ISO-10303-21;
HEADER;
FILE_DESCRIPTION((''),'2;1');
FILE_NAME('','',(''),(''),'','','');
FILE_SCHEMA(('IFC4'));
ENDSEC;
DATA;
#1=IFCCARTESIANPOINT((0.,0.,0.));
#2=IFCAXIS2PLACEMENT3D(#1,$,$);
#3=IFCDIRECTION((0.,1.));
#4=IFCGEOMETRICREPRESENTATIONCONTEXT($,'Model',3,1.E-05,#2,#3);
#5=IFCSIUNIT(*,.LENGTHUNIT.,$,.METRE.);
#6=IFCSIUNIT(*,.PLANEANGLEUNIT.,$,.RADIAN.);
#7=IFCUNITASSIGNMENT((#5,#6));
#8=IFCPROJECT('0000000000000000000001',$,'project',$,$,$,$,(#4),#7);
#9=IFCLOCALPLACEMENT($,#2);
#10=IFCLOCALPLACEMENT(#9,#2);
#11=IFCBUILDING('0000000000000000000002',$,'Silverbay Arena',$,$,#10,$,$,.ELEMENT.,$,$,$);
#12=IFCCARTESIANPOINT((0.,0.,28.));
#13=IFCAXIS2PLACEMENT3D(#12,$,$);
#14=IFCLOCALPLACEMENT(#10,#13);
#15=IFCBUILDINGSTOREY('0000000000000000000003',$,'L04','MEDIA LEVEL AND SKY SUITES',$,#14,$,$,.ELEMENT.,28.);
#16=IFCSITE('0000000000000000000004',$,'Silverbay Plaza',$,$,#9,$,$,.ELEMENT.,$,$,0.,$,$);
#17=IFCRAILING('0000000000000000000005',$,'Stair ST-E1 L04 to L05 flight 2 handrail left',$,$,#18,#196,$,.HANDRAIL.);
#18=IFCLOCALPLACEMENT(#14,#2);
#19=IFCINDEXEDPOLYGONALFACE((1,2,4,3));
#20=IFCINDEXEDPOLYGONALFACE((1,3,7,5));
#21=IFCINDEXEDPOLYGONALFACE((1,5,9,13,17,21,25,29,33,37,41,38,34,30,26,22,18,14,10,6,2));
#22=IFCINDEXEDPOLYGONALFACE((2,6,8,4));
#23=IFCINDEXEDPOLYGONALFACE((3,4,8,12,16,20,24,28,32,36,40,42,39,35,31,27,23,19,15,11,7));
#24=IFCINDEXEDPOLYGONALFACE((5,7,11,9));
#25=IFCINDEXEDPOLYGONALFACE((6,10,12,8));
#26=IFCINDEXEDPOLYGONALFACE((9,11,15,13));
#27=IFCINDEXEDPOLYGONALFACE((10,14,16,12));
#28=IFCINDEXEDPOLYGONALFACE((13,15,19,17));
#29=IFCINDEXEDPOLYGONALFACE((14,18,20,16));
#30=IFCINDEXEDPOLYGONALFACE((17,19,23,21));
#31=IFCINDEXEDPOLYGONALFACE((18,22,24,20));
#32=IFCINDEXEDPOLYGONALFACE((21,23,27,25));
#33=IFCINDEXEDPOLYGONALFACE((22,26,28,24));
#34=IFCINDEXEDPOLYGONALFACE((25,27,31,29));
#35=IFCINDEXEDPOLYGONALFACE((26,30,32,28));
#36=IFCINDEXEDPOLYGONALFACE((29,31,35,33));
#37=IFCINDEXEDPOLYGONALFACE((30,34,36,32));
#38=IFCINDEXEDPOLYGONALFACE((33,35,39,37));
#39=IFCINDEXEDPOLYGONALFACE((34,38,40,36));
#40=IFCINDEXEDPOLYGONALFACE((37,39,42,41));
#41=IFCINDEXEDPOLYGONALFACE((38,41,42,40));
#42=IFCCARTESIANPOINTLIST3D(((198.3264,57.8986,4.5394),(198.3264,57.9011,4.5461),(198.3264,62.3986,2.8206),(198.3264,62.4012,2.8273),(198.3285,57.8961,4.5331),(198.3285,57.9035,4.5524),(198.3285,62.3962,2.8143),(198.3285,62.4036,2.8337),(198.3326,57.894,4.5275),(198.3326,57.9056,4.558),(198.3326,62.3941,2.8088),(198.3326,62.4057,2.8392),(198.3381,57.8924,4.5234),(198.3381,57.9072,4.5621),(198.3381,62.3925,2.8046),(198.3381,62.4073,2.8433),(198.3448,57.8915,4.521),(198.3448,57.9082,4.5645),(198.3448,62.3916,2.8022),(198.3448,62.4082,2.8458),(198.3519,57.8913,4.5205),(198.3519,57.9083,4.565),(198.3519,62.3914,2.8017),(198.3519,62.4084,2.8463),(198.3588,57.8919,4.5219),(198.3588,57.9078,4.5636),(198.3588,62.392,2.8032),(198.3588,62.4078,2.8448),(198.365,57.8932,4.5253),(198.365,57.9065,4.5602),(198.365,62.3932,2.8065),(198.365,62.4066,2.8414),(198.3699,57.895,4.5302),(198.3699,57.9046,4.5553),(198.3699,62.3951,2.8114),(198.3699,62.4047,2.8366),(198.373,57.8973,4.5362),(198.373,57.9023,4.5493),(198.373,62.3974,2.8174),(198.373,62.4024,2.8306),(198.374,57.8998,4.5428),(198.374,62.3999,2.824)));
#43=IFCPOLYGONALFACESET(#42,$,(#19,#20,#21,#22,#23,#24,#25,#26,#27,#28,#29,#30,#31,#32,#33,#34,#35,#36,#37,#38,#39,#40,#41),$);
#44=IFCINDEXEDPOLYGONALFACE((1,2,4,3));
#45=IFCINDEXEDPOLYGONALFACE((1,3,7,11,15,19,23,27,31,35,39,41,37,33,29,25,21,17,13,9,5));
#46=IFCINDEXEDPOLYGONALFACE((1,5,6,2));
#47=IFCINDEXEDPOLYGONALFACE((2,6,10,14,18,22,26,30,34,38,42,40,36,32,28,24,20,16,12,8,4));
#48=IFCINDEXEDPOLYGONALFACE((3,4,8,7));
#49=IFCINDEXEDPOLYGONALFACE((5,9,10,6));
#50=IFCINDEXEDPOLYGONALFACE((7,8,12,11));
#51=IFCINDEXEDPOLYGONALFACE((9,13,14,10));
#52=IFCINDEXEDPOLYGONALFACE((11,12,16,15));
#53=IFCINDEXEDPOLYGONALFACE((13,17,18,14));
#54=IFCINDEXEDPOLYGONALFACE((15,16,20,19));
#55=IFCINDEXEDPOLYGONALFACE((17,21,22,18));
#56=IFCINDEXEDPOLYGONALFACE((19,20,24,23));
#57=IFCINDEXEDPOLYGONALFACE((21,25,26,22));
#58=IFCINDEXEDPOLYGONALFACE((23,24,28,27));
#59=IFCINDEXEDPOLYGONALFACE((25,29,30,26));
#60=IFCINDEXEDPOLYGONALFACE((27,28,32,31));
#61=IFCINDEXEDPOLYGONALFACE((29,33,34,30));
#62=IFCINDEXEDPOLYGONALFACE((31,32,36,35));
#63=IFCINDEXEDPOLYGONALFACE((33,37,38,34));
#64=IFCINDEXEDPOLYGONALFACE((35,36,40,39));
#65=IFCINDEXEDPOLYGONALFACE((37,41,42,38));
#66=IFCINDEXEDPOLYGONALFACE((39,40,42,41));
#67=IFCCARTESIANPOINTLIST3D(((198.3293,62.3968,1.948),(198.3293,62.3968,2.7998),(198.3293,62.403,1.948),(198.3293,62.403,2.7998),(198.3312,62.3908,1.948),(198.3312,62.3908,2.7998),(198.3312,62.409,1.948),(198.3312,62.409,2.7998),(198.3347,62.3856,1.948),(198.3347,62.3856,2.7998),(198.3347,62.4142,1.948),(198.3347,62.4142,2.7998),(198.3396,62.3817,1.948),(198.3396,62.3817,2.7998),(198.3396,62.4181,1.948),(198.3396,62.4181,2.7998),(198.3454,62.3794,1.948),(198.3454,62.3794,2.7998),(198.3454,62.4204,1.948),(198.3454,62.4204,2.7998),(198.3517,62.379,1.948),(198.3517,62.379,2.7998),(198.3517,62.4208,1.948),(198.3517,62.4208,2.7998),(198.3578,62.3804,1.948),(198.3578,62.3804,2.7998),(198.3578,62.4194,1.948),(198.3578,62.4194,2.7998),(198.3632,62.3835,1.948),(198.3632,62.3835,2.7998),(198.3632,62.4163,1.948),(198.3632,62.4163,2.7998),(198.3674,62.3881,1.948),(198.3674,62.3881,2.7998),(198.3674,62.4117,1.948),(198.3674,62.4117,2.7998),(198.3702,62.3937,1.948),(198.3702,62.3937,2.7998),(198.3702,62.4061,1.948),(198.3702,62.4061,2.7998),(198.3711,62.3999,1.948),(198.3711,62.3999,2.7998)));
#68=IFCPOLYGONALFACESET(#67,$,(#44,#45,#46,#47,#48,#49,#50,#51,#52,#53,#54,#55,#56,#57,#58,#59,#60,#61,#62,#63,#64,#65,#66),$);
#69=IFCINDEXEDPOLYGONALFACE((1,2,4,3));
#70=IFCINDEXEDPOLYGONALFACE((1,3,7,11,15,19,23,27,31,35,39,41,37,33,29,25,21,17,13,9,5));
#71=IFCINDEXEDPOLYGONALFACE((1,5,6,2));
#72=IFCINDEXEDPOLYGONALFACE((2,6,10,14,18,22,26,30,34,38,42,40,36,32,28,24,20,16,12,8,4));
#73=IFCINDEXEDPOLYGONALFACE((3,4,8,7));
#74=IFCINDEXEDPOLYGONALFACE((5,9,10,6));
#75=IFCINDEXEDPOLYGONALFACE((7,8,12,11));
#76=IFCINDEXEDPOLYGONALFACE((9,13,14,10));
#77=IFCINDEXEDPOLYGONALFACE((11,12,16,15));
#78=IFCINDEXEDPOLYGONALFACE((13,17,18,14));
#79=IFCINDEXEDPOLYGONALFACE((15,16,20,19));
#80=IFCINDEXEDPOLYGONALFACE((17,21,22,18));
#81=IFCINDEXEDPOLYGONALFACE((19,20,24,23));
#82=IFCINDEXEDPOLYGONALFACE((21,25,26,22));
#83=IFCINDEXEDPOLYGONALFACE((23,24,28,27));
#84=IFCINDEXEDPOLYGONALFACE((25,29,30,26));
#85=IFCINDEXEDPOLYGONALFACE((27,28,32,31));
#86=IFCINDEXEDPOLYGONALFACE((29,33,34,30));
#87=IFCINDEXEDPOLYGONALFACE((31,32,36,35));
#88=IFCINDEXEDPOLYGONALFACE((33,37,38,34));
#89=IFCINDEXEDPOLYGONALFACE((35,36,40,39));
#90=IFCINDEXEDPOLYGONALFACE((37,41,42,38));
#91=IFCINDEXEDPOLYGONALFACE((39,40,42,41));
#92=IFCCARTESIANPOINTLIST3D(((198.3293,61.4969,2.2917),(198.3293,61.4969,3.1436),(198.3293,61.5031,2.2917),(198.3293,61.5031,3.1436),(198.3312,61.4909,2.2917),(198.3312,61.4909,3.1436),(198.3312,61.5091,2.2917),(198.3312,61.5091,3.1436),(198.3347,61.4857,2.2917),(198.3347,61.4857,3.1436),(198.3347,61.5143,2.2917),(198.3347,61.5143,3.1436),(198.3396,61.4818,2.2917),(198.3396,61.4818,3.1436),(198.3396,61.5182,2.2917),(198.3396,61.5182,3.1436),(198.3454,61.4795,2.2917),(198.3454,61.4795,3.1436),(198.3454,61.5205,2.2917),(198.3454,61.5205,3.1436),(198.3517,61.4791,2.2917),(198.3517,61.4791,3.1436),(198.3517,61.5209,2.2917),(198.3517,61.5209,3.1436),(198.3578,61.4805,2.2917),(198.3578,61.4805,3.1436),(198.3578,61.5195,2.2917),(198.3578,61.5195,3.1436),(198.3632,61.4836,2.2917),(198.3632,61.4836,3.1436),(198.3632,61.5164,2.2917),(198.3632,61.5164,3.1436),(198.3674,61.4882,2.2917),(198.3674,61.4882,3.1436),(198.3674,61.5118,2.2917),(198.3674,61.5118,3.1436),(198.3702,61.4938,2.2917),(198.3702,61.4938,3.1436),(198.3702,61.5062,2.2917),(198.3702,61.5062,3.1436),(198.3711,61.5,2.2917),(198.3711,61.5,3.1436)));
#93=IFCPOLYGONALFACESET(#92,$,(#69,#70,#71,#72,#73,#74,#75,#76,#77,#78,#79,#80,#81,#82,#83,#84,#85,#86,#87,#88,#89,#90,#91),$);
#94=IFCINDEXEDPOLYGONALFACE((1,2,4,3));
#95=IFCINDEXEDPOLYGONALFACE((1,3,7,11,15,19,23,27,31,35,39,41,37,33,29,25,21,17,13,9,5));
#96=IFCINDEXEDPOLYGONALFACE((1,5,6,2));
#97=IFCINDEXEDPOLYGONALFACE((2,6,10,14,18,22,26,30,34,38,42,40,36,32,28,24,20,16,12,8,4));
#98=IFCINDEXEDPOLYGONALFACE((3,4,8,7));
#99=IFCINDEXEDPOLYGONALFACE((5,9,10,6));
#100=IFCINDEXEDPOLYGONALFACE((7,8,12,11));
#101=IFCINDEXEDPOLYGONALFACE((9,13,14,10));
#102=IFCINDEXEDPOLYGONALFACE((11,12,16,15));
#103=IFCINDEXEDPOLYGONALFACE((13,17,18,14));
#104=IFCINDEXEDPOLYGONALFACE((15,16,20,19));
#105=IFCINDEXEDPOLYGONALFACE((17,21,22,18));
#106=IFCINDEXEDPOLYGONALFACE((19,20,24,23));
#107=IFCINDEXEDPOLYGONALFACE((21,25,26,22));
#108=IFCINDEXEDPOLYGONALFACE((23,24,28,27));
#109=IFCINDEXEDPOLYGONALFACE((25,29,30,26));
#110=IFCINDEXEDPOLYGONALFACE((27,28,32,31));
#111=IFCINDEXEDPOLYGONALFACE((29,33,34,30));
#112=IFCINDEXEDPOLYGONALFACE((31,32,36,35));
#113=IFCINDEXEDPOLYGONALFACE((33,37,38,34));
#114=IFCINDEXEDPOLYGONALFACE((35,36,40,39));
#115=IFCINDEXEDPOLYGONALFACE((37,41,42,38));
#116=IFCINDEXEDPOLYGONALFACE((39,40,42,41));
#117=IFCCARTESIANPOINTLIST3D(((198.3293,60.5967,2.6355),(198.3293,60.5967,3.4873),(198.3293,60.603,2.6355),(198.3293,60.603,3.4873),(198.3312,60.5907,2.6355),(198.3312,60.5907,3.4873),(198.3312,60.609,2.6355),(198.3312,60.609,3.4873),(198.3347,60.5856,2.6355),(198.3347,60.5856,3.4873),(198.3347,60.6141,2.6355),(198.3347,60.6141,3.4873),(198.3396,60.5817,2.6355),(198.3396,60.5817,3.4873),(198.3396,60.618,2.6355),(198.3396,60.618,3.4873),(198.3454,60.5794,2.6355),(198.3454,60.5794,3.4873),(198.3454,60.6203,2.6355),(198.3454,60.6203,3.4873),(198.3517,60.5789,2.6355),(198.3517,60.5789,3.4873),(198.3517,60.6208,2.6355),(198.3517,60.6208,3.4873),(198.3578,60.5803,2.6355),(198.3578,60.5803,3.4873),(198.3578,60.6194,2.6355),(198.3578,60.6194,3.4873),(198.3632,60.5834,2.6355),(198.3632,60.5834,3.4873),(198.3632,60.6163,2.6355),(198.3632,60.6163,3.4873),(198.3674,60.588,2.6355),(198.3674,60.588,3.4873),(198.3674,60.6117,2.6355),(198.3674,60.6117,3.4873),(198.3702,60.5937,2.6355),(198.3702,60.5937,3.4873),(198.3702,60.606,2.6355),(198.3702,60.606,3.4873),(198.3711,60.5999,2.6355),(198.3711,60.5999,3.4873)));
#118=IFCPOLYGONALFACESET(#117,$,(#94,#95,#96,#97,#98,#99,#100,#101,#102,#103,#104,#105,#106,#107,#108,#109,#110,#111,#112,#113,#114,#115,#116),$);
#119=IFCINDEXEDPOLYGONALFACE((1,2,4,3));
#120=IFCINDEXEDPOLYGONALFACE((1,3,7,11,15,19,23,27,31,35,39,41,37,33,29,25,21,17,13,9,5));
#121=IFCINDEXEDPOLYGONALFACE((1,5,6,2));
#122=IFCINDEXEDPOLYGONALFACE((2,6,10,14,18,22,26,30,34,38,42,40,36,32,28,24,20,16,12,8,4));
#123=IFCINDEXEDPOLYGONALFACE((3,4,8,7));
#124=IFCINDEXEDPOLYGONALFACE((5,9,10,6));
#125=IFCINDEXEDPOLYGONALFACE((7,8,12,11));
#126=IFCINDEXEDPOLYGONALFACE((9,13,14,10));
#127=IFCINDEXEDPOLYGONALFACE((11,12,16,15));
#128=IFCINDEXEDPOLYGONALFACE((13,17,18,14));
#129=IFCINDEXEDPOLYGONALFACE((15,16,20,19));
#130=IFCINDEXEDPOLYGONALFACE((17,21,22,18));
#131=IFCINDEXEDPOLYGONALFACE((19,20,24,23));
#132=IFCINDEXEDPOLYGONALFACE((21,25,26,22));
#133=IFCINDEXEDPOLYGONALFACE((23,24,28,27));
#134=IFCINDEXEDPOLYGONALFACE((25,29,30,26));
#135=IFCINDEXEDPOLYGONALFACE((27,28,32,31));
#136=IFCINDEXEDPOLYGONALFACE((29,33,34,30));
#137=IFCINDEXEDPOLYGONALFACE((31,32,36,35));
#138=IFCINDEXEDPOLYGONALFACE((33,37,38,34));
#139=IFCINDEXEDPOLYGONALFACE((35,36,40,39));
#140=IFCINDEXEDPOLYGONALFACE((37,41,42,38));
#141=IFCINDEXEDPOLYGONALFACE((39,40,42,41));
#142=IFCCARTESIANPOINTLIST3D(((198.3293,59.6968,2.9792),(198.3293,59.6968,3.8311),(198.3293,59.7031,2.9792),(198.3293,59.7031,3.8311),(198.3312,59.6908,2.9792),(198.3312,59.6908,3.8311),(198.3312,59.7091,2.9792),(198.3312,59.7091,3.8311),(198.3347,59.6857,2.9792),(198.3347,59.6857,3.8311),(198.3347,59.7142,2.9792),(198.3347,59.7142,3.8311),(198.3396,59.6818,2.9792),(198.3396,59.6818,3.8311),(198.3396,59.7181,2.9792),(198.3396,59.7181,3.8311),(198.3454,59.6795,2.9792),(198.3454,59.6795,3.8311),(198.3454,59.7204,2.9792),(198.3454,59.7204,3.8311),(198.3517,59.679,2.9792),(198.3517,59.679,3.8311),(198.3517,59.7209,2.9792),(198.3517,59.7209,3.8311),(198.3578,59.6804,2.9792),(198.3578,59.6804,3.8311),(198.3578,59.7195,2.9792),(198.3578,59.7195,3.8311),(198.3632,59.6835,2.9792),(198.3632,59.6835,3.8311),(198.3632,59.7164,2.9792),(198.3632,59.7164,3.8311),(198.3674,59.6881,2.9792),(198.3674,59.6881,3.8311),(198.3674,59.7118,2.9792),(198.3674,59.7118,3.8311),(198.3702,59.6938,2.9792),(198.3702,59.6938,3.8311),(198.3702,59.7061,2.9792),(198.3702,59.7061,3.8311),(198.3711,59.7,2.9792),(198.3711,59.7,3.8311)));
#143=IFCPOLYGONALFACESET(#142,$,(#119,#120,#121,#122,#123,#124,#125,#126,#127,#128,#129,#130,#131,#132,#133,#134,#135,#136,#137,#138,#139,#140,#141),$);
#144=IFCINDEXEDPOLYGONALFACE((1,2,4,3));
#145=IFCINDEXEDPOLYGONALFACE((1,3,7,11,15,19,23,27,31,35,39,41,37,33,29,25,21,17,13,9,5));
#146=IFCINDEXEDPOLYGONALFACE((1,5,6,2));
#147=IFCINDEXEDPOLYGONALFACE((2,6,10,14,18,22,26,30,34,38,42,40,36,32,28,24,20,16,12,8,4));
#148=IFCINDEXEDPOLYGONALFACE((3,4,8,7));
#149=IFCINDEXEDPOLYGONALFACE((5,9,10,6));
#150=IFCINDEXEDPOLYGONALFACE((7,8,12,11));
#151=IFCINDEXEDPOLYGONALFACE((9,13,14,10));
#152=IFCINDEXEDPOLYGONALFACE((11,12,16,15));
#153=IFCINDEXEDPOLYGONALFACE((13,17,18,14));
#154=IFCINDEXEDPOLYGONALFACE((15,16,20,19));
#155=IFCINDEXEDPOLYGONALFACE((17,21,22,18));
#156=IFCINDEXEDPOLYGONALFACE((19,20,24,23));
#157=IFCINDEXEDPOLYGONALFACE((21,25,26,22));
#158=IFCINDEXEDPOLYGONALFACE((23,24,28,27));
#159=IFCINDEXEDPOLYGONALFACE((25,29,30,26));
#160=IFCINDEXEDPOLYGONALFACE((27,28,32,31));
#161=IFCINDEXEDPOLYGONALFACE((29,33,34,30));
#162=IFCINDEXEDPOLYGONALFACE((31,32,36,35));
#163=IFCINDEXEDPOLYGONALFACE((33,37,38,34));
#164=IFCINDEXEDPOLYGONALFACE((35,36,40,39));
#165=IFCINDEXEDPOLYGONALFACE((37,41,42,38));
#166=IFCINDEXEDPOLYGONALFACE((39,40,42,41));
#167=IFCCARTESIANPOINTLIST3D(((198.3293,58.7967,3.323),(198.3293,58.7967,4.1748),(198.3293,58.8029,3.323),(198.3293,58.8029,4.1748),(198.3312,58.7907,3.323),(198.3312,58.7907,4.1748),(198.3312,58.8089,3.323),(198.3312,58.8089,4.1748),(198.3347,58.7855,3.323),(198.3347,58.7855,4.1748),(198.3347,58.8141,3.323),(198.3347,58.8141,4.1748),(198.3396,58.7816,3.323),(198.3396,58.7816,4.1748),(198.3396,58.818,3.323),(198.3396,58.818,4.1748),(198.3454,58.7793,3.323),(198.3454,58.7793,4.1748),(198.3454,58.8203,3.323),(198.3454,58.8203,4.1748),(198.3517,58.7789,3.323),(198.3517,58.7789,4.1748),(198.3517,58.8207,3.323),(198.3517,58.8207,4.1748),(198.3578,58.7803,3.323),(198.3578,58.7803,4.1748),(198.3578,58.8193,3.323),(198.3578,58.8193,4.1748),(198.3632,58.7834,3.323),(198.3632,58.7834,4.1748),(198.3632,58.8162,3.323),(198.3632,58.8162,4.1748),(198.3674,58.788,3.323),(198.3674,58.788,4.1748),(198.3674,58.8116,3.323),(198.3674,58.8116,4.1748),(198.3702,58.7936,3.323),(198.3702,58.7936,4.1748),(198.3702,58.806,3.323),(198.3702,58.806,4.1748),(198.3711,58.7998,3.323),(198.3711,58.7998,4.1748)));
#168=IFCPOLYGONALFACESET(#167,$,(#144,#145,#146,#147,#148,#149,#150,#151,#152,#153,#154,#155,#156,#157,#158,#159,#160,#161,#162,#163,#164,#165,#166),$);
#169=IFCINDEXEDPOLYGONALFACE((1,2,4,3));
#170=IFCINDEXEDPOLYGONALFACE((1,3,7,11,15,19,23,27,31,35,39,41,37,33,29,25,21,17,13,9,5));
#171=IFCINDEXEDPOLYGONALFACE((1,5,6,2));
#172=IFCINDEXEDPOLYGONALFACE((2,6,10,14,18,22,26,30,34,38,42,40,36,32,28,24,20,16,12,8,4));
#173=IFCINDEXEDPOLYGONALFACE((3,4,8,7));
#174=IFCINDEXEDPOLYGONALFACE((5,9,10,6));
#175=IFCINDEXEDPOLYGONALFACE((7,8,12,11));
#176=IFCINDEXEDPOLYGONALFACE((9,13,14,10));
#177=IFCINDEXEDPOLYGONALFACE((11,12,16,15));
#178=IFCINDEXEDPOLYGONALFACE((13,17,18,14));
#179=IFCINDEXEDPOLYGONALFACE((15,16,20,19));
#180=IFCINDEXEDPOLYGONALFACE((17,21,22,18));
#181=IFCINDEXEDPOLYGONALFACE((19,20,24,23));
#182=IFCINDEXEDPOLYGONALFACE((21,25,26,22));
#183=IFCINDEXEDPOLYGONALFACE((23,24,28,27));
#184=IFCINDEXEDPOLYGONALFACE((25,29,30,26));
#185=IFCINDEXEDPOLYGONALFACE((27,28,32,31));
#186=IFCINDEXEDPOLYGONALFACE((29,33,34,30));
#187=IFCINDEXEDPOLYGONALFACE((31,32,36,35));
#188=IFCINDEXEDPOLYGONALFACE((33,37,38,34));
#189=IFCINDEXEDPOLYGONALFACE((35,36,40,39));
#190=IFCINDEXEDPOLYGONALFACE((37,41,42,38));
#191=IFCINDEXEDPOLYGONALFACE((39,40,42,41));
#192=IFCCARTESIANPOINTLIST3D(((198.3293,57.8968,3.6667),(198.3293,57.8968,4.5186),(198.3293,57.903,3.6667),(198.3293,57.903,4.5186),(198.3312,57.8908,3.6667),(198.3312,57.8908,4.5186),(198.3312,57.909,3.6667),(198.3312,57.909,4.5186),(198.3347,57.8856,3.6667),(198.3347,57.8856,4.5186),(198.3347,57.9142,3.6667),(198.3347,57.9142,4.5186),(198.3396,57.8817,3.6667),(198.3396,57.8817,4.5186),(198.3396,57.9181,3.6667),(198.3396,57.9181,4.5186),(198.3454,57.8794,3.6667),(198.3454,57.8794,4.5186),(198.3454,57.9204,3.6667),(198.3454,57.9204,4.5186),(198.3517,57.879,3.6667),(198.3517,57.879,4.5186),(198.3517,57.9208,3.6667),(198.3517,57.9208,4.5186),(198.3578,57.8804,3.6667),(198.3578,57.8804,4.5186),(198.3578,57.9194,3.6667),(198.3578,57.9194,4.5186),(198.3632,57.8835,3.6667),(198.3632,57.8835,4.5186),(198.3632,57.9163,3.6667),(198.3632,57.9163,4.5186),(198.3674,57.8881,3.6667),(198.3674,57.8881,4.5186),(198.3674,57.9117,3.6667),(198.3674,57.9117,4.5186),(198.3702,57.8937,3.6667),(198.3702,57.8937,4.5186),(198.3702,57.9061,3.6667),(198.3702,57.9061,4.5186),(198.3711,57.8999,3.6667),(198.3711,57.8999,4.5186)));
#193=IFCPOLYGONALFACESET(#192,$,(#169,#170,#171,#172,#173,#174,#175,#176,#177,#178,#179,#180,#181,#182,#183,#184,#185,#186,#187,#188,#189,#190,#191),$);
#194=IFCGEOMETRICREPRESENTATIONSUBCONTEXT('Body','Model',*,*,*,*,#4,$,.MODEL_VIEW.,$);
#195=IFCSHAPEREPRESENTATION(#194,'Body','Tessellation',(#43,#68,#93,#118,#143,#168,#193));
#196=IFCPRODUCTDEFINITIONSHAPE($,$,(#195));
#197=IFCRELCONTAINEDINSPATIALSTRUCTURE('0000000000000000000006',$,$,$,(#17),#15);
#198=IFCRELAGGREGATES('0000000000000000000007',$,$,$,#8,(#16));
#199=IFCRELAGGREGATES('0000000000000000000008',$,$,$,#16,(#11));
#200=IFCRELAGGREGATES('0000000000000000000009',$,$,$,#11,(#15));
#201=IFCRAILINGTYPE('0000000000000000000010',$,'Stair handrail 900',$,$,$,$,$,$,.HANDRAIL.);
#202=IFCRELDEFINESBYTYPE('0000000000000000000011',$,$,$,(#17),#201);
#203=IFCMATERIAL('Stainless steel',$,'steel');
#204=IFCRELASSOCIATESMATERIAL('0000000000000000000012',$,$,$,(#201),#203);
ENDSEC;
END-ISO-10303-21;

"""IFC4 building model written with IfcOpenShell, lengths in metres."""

from ifc_helpers import new_model, si_unit, direction, frame, origin, origin_2d, place, context, subcontext, project, spatial, circle, extrude, material, type_object, element, save


model = new_model("IFC4")

# Units and contexts
model_context = context("Model", 3, precision=1e-05, world=origin(), true_north=direction((0.0, 1.0)))
body_context = subcontext(model_context, "Body", "Model", "MODEL_VIEW")
ifc_project = project(units=[si_unit("LENGTHUNIT", "METRE"), si_unit("PLANEANGLEUNIT", "RADIAN")], contexts=[model_context])

# Site, building, storey
site_placement = place(None, origin())
site = spatial("IfcSite", under=ifc_project, at=site_placement, Name="Silverbay Plaza", CompositionType="ELEMENT", RefElevation=0.0)
building_placement = place(site_placement, origin())
building = spatial("IfcBuilding", under=site, at=building_placement, Name="Silverbay Arena", CompositionType="ELEMENT")
storey_placement = place(building_placement, frame((0.0, 0.0, 28.0)))
storey = spatial("IfcBuildingStorey", under=building, at=storey_placement, Name="L04", Description="MEDIA LEVEL AND SKY SUITES", CompositionType="ELEMENT", Elevation=28.0)

# Railing
ifc_material_1 = material(Name="Stainless steel", Category="steel")
railing_type_1 = type_object("IfcRailingType", Name="Stair handrail 900", PredefinedType="HANDRAIL", material=ifc_material_1)
for number, where, name in (
    (1, (198.3501, 62.3999, 1.948), "Stair ST-E1 L04 to L05 flight 2 handrail left"),
):
    element("IfcRailing", number, at=place(storey_placement, frame(where)), inside=storey, type_object=railing_type_1, Name=name, PredefinedType="HANDRAIL", context=body_context, shape_type="SweptSolid", body=[
        extrude(circle(Radius=0.0239, at=origin_2d()), frame((0.0, 0.0, 0.876), z_axis=(0.0, -0.934179, 0.356805), x_axis=(1.0, 0.0, 0.0)), (0.0, 0.0, 1.0), 4.8171),
        extrude(circle(Radius=0.021, at=origin_2d()), origin(), (0.0, 0.0, 1.0), 0.8518),
        extrude(circle(Radius=0.021, at=origin_2d()), frame((0.0, -0.8999, 0.3438)), (0.0, 0.0, 1.0), 0.8518),
        extrude(circle(Radius=0.021, at=origin_2d()), frame((0.0, -1.8, 0.6875)), (0.0, 0.0, 1.0), 0.8518),
        extrude(circle(Radius=0.021, at=origin_2d()), frame((0.0, -2.7, 1.0312)), (0.0, 0.0, 1.0), 0.8518),
        extrude(circle(Radius=0.021, at=origin_2d()), frame((0.0, -3.6001, 1.375)), (0.0, 0.0, 1.0), 0.8518),
        extrude(circle(Radius=0.021, at=origin_2d()), frame((0.0, -4.5, 1.7188)), (0.0, 0.0, 1.0), 0.8518),
    ])

save(model, "model.ifc")
